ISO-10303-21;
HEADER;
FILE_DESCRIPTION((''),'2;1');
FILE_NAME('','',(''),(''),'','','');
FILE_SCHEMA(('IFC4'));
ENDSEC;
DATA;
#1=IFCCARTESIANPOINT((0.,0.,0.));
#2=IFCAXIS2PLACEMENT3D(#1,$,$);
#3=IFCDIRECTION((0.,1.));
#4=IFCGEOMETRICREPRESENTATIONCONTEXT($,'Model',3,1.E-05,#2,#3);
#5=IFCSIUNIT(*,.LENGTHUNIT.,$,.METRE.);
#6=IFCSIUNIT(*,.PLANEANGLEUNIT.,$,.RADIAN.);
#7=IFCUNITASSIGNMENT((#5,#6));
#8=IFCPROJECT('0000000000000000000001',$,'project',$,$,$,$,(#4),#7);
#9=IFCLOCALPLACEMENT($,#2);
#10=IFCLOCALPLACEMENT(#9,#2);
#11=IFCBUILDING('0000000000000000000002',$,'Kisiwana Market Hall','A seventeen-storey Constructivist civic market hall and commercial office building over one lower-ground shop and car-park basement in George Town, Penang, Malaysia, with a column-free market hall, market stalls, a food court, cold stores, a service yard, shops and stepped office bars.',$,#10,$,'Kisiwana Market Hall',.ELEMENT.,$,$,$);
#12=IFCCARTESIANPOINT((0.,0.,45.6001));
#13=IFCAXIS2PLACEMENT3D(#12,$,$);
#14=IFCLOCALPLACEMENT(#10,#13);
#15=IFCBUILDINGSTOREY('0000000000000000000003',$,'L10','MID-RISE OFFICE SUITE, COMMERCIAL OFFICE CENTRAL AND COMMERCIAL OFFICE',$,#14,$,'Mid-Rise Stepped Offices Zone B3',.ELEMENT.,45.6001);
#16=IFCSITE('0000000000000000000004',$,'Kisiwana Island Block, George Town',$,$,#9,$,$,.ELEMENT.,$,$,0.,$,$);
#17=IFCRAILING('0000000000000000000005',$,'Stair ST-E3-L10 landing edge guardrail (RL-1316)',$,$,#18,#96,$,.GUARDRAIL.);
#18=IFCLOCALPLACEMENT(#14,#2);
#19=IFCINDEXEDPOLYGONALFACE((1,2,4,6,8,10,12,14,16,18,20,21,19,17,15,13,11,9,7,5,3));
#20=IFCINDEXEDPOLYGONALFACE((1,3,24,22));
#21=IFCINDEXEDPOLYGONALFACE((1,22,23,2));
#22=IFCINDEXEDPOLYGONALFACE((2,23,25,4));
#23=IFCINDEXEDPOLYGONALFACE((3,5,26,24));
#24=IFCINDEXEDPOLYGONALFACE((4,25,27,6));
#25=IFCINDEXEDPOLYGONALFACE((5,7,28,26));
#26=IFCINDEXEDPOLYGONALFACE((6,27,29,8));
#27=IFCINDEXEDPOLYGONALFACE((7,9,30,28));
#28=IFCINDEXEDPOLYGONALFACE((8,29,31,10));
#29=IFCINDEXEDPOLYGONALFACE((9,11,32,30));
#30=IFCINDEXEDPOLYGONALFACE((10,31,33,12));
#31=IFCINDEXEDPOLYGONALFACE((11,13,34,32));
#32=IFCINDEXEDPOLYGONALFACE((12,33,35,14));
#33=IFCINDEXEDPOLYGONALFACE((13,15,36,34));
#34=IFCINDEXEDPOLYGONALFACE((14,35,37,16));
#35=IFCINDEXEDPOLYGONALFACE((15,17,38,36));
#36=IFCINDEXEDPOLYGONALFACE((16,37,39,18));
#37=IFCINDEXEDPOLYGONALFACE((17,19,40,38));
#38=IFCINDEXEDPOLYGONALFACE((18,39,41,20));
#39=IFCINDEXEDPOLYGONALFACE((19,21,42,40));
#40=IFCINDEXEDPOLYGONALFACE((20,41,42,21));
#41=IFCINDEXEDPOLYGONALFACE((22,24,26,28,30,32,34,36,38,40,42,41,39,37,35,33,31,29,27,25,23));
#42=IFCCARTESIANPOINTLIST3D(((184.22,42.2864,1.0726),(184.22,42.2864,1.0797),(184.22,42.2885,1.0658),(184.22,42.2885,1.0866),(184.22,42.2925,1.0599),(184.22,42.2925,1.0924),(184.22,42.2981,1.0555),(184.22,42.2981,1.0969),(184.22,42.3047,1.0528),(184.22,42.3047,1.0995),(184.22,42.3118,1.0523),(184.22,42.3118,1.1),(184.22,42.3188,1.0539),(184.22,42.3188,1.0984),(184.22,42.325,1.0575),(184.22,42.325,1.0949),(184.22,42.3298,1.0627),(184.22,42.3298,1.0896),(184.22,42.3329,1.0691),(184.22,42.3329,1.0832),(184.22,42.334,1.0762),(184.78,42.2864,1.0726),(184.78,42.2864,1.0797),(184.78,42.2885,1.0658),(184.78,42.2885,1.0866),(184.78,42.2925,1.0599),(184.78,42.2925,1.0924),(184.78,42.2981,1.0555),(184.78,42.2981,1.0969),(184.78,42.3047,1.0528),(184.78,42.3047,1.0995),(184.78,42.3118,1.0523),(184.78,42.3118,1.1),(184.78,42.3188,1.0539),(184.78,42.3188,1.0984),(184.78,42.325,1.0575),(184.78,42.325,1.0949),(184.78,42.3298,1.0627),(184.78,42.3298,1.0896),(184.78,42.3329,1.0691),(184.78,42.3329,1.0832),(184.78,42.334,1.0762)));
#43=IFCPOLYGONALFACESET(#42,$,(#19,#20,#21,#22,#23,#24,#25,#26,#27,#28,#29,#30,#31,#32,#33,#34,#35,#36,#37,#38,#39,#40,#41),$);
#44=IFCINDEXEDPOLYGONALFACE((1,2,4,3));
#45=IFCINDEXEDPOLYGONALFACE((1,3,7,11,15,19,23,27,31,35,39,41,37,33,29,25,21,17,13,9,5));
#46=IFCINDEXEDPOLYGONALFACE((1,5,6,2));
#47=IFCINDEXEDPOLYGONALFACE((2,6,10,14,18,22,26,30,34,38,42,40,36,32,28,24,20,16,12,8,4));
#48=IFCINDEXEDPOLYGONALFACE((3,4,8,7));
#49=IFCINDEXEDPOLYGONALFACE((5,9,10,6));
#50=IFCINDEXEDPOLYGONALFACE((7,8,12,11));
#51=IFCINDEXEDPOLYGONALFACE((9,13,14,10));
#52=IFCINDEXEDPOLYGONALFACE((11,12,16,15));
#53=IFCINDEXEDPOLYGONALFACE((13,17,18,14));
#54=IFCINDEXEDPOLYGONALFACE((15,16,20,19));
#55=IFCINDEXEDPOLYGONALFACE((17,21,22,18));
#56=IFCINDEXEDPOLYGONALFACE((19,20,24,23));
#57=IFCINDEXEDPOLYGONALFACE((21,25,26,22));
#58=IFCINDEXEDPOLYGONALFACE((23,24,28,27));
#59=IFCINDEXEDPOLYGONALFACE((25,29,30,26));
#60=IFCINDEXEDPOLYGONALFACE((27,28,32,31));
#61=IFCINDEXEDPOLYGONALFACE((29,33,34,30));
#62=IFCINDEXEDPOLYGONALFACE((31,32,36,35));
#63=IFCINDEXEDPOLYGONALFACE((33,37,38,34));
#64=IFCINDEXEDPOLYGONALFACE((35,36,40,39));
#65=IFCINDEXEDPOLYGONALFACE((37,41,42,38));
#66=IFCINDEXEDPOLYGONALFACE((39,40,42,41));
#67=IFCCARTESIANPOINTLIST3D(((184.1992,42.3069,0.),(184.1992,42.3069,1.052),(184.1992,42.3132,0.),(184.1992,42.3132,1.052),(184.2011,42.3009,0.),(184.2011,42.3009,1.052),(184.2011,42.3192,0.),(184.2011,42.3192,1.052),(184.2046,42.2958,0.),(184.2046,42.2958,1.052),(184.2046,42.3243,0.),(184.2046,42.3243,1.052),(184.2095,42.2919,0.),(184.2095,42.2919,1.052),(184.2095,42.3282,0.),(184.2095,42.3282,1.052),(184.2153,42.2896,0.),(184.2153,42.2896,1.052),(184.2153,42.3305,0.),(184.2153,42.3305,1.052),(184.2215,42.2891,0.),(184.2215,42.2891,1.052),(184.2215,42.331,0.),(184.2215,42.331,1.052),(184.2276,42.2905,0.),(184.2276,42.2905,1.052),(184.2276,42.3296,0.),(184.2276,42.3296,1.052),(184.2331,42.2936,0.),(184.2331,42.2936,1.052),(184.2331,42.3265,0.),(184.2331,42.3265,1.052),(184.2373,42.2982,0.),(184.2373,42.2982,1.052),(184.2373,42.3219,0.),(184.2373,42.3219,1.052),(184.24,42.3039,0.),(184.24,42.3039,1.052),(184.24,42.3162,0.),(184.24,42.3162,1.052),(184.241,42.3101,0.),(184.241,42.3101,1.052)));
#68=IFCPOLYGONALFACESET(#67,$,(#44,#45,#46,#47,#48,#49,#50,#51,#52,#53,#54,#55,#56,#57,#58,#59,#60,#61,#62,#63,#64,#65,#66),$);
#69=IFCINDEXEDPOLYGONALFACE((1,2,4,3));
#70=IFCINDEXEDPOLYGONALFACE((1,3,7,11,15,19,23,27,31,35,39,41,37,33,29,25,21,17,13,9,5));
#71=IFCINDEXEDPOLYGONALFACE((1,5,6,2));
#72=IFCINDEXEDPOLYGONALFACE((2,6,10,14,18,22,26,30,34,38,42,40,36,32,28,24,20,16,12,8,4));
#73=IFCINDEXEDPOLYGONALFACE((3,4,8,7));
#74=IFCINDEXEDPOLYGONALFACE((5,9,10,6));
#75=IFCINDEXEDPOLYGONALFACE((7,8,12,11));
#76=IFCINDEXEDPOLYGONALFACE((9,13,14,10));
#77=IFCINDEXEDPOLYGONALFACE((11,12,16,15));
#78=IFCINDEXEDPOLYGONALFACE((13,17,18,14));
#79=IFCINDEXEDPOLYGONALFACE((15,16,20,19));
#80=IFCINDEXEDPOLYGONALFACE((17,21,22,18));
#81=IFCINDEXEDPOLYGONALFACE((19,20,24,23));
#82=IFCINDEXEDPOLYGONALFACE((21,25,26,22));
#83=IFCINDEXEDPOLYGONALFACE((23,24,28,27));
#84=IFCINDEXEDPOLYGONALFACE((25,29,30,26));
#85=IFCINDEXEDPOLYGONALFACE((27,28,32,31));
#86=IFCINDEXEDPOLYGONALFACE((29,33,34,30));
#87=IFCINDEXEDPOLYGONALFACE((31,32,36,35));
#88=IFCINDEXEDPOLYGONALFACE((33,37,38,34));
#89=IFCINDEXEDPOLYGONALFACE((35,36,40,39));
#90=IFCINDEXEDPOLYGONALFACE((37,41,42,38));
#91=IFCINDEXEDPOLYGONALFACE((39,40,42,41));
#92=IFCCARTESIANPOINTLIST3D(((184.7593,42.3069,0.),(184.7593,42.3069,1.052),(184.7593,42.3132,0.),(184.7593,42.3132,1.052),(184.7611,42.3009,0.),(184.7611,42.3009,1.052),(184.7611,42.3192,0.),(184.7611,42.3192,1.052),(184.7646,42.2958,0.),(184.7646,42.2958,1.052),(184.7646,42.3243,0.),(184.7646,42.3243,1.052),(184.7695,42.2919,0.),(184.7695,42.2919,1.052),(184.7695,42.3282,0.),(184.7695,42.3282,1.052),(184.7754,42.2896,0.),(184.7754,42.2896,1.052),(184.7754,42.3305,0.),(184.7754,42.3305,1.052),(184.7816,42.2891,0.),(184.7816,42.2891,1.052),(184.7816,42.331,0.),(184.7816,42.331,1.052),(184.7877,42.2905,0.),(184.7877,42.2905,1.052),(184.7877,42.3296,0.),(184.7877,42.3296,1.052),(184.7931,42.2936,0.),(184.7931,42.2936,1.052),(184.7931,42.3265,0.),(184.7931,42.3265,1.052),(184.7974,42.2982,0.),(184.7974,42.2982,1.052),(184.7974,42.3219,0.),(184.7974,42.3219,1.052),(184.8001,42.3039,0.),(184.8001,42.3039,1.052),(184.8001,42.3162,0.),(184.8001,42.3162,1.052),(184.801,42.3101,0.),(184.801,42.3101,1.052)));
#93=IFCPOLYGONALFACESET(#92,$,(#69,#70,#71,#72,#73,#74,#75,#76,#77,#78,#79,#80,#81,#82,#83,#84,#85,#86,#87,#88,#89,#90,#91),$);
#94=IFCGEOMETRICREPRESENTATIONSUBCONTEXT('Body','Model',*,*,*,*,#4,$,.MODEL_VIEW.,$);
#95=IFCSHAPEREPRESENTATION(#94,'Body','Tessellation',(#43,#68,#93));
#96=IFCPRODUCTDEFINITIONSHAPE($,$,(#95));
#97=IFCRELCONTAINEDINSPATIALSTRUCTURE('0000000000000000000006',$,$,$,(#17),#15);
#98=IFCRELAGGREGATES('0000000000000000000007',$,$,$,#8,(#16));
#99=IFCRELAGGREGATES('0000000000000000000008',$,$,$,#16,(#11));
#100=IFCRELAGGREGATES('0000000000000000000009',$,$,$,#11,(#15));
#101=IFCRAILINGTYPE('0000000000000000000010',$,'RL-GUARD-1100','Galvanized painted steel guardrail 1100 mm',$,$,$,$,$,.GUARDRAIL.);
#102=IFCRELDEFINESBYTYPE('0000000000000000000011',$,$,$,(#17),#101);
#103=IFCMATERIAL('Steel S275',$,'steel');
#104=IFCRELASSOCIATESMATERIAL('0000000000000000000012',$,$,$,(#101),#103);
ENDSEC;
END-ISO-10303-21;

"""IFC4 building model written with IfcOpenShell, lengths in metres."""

from ifc_helpers import new_model, si_unit, direction, frame, origin, origin_2d, place, context, subcontext, project, spatial, circle, extrude, material, type_object, element, save


model = new_model("IFC4")

# Units and contexts
model_context = context("Model", 3, precision=1e-05, world=origin(), true_north=direction((0.0, 1.0)))
body_context = subcontext(model_context, "Body", "Model", "MODEL_VIEW")
ifc_project = project(units=[si_unit("LENGTHUNIT", "METRE"), si_unit("PLANEANGLEUNIT", "RADIAN")], contexts=[model_context])

# Site, building, storey
site_placement = place(None, origin())
site = spatial("IfcSite", under=ifc_project, at=site_placement, Name="Kisiwana Island Block, George Town", CompositionType="ELEMENT", RefElevation=0.0)
building_placement = place(site_placement, origin())
building = spatial("IfcBuilding", under=site, at=building_placement, Name="Kisiwana Market Hall", Description="A seventeen-storey Constructivist civic market hall and commercial office building over one lower-ground shop and car-park basement in George Town, Penang, Malaysia, with a column-free market hall, market stalls, a food court, cold stores, a service yard, shops and stepped office bars.", LongName="Kisiwana Market Hall", CompositionType="ELEMENT")
storey_placement = place(building_placement, frame((0.0, 0.0, 45.6001)))
storey = spatial("IfcBuildingStorey", under=building, at=storey_placement, Name="L10", Description="MID-RISE OFFICE SUITE, COMMERCIAL OFFICE CENTRAL AND COMMERCIAL OFFICE", LongName="Mid-Rise Stepped Offices Zone B3", CompositionType="ELEMENT", Elevation=45.6001)

# Railing
ifc_material_1 = material(Name="Steel S275", Category="steel")
railing_type_1 = type_object("IfcRailingType", Name="RL-GUARD-1100", Description="Galvanized painted steel guardrail 1100 mm", PredefinedType="GUARDRAIL", material=ifc_material_1)
railing_placement = place(storey_placement, frame((184.22, 42.3101, 0.0)))
element("IfcRailing", 1, at=railing_placement, inside=storey, type_object=railing_type_1, Name="Stair ST-E3-L10 landing edge guardrail (RL-1316)", PredefinedType="GUARDRAIL", context=body_context, shape_type="SweptSolid", body=[
    extrude(circle(Radius=0.0239, at=origin_2d()), frame((0.0, 0.0, 1.0762), z_axis=(1.0, 0.0, 0.0), x_axis=(0.0, 1.0, 0.0)), (0.0, 0.0, 1.0), 0.5601),
    extrude(circle(Radius=0.021, at=origin_2d()), origin(), (0.0, 0.0, 1.0), 1.052),
    extrude(circle(Radius=0.021, at=origin_2d()), frame((0.5601, 0.0, 0.0)), (0.0, 0.0, 1.0), 1.052),
])

save(model, "model.ifc")
